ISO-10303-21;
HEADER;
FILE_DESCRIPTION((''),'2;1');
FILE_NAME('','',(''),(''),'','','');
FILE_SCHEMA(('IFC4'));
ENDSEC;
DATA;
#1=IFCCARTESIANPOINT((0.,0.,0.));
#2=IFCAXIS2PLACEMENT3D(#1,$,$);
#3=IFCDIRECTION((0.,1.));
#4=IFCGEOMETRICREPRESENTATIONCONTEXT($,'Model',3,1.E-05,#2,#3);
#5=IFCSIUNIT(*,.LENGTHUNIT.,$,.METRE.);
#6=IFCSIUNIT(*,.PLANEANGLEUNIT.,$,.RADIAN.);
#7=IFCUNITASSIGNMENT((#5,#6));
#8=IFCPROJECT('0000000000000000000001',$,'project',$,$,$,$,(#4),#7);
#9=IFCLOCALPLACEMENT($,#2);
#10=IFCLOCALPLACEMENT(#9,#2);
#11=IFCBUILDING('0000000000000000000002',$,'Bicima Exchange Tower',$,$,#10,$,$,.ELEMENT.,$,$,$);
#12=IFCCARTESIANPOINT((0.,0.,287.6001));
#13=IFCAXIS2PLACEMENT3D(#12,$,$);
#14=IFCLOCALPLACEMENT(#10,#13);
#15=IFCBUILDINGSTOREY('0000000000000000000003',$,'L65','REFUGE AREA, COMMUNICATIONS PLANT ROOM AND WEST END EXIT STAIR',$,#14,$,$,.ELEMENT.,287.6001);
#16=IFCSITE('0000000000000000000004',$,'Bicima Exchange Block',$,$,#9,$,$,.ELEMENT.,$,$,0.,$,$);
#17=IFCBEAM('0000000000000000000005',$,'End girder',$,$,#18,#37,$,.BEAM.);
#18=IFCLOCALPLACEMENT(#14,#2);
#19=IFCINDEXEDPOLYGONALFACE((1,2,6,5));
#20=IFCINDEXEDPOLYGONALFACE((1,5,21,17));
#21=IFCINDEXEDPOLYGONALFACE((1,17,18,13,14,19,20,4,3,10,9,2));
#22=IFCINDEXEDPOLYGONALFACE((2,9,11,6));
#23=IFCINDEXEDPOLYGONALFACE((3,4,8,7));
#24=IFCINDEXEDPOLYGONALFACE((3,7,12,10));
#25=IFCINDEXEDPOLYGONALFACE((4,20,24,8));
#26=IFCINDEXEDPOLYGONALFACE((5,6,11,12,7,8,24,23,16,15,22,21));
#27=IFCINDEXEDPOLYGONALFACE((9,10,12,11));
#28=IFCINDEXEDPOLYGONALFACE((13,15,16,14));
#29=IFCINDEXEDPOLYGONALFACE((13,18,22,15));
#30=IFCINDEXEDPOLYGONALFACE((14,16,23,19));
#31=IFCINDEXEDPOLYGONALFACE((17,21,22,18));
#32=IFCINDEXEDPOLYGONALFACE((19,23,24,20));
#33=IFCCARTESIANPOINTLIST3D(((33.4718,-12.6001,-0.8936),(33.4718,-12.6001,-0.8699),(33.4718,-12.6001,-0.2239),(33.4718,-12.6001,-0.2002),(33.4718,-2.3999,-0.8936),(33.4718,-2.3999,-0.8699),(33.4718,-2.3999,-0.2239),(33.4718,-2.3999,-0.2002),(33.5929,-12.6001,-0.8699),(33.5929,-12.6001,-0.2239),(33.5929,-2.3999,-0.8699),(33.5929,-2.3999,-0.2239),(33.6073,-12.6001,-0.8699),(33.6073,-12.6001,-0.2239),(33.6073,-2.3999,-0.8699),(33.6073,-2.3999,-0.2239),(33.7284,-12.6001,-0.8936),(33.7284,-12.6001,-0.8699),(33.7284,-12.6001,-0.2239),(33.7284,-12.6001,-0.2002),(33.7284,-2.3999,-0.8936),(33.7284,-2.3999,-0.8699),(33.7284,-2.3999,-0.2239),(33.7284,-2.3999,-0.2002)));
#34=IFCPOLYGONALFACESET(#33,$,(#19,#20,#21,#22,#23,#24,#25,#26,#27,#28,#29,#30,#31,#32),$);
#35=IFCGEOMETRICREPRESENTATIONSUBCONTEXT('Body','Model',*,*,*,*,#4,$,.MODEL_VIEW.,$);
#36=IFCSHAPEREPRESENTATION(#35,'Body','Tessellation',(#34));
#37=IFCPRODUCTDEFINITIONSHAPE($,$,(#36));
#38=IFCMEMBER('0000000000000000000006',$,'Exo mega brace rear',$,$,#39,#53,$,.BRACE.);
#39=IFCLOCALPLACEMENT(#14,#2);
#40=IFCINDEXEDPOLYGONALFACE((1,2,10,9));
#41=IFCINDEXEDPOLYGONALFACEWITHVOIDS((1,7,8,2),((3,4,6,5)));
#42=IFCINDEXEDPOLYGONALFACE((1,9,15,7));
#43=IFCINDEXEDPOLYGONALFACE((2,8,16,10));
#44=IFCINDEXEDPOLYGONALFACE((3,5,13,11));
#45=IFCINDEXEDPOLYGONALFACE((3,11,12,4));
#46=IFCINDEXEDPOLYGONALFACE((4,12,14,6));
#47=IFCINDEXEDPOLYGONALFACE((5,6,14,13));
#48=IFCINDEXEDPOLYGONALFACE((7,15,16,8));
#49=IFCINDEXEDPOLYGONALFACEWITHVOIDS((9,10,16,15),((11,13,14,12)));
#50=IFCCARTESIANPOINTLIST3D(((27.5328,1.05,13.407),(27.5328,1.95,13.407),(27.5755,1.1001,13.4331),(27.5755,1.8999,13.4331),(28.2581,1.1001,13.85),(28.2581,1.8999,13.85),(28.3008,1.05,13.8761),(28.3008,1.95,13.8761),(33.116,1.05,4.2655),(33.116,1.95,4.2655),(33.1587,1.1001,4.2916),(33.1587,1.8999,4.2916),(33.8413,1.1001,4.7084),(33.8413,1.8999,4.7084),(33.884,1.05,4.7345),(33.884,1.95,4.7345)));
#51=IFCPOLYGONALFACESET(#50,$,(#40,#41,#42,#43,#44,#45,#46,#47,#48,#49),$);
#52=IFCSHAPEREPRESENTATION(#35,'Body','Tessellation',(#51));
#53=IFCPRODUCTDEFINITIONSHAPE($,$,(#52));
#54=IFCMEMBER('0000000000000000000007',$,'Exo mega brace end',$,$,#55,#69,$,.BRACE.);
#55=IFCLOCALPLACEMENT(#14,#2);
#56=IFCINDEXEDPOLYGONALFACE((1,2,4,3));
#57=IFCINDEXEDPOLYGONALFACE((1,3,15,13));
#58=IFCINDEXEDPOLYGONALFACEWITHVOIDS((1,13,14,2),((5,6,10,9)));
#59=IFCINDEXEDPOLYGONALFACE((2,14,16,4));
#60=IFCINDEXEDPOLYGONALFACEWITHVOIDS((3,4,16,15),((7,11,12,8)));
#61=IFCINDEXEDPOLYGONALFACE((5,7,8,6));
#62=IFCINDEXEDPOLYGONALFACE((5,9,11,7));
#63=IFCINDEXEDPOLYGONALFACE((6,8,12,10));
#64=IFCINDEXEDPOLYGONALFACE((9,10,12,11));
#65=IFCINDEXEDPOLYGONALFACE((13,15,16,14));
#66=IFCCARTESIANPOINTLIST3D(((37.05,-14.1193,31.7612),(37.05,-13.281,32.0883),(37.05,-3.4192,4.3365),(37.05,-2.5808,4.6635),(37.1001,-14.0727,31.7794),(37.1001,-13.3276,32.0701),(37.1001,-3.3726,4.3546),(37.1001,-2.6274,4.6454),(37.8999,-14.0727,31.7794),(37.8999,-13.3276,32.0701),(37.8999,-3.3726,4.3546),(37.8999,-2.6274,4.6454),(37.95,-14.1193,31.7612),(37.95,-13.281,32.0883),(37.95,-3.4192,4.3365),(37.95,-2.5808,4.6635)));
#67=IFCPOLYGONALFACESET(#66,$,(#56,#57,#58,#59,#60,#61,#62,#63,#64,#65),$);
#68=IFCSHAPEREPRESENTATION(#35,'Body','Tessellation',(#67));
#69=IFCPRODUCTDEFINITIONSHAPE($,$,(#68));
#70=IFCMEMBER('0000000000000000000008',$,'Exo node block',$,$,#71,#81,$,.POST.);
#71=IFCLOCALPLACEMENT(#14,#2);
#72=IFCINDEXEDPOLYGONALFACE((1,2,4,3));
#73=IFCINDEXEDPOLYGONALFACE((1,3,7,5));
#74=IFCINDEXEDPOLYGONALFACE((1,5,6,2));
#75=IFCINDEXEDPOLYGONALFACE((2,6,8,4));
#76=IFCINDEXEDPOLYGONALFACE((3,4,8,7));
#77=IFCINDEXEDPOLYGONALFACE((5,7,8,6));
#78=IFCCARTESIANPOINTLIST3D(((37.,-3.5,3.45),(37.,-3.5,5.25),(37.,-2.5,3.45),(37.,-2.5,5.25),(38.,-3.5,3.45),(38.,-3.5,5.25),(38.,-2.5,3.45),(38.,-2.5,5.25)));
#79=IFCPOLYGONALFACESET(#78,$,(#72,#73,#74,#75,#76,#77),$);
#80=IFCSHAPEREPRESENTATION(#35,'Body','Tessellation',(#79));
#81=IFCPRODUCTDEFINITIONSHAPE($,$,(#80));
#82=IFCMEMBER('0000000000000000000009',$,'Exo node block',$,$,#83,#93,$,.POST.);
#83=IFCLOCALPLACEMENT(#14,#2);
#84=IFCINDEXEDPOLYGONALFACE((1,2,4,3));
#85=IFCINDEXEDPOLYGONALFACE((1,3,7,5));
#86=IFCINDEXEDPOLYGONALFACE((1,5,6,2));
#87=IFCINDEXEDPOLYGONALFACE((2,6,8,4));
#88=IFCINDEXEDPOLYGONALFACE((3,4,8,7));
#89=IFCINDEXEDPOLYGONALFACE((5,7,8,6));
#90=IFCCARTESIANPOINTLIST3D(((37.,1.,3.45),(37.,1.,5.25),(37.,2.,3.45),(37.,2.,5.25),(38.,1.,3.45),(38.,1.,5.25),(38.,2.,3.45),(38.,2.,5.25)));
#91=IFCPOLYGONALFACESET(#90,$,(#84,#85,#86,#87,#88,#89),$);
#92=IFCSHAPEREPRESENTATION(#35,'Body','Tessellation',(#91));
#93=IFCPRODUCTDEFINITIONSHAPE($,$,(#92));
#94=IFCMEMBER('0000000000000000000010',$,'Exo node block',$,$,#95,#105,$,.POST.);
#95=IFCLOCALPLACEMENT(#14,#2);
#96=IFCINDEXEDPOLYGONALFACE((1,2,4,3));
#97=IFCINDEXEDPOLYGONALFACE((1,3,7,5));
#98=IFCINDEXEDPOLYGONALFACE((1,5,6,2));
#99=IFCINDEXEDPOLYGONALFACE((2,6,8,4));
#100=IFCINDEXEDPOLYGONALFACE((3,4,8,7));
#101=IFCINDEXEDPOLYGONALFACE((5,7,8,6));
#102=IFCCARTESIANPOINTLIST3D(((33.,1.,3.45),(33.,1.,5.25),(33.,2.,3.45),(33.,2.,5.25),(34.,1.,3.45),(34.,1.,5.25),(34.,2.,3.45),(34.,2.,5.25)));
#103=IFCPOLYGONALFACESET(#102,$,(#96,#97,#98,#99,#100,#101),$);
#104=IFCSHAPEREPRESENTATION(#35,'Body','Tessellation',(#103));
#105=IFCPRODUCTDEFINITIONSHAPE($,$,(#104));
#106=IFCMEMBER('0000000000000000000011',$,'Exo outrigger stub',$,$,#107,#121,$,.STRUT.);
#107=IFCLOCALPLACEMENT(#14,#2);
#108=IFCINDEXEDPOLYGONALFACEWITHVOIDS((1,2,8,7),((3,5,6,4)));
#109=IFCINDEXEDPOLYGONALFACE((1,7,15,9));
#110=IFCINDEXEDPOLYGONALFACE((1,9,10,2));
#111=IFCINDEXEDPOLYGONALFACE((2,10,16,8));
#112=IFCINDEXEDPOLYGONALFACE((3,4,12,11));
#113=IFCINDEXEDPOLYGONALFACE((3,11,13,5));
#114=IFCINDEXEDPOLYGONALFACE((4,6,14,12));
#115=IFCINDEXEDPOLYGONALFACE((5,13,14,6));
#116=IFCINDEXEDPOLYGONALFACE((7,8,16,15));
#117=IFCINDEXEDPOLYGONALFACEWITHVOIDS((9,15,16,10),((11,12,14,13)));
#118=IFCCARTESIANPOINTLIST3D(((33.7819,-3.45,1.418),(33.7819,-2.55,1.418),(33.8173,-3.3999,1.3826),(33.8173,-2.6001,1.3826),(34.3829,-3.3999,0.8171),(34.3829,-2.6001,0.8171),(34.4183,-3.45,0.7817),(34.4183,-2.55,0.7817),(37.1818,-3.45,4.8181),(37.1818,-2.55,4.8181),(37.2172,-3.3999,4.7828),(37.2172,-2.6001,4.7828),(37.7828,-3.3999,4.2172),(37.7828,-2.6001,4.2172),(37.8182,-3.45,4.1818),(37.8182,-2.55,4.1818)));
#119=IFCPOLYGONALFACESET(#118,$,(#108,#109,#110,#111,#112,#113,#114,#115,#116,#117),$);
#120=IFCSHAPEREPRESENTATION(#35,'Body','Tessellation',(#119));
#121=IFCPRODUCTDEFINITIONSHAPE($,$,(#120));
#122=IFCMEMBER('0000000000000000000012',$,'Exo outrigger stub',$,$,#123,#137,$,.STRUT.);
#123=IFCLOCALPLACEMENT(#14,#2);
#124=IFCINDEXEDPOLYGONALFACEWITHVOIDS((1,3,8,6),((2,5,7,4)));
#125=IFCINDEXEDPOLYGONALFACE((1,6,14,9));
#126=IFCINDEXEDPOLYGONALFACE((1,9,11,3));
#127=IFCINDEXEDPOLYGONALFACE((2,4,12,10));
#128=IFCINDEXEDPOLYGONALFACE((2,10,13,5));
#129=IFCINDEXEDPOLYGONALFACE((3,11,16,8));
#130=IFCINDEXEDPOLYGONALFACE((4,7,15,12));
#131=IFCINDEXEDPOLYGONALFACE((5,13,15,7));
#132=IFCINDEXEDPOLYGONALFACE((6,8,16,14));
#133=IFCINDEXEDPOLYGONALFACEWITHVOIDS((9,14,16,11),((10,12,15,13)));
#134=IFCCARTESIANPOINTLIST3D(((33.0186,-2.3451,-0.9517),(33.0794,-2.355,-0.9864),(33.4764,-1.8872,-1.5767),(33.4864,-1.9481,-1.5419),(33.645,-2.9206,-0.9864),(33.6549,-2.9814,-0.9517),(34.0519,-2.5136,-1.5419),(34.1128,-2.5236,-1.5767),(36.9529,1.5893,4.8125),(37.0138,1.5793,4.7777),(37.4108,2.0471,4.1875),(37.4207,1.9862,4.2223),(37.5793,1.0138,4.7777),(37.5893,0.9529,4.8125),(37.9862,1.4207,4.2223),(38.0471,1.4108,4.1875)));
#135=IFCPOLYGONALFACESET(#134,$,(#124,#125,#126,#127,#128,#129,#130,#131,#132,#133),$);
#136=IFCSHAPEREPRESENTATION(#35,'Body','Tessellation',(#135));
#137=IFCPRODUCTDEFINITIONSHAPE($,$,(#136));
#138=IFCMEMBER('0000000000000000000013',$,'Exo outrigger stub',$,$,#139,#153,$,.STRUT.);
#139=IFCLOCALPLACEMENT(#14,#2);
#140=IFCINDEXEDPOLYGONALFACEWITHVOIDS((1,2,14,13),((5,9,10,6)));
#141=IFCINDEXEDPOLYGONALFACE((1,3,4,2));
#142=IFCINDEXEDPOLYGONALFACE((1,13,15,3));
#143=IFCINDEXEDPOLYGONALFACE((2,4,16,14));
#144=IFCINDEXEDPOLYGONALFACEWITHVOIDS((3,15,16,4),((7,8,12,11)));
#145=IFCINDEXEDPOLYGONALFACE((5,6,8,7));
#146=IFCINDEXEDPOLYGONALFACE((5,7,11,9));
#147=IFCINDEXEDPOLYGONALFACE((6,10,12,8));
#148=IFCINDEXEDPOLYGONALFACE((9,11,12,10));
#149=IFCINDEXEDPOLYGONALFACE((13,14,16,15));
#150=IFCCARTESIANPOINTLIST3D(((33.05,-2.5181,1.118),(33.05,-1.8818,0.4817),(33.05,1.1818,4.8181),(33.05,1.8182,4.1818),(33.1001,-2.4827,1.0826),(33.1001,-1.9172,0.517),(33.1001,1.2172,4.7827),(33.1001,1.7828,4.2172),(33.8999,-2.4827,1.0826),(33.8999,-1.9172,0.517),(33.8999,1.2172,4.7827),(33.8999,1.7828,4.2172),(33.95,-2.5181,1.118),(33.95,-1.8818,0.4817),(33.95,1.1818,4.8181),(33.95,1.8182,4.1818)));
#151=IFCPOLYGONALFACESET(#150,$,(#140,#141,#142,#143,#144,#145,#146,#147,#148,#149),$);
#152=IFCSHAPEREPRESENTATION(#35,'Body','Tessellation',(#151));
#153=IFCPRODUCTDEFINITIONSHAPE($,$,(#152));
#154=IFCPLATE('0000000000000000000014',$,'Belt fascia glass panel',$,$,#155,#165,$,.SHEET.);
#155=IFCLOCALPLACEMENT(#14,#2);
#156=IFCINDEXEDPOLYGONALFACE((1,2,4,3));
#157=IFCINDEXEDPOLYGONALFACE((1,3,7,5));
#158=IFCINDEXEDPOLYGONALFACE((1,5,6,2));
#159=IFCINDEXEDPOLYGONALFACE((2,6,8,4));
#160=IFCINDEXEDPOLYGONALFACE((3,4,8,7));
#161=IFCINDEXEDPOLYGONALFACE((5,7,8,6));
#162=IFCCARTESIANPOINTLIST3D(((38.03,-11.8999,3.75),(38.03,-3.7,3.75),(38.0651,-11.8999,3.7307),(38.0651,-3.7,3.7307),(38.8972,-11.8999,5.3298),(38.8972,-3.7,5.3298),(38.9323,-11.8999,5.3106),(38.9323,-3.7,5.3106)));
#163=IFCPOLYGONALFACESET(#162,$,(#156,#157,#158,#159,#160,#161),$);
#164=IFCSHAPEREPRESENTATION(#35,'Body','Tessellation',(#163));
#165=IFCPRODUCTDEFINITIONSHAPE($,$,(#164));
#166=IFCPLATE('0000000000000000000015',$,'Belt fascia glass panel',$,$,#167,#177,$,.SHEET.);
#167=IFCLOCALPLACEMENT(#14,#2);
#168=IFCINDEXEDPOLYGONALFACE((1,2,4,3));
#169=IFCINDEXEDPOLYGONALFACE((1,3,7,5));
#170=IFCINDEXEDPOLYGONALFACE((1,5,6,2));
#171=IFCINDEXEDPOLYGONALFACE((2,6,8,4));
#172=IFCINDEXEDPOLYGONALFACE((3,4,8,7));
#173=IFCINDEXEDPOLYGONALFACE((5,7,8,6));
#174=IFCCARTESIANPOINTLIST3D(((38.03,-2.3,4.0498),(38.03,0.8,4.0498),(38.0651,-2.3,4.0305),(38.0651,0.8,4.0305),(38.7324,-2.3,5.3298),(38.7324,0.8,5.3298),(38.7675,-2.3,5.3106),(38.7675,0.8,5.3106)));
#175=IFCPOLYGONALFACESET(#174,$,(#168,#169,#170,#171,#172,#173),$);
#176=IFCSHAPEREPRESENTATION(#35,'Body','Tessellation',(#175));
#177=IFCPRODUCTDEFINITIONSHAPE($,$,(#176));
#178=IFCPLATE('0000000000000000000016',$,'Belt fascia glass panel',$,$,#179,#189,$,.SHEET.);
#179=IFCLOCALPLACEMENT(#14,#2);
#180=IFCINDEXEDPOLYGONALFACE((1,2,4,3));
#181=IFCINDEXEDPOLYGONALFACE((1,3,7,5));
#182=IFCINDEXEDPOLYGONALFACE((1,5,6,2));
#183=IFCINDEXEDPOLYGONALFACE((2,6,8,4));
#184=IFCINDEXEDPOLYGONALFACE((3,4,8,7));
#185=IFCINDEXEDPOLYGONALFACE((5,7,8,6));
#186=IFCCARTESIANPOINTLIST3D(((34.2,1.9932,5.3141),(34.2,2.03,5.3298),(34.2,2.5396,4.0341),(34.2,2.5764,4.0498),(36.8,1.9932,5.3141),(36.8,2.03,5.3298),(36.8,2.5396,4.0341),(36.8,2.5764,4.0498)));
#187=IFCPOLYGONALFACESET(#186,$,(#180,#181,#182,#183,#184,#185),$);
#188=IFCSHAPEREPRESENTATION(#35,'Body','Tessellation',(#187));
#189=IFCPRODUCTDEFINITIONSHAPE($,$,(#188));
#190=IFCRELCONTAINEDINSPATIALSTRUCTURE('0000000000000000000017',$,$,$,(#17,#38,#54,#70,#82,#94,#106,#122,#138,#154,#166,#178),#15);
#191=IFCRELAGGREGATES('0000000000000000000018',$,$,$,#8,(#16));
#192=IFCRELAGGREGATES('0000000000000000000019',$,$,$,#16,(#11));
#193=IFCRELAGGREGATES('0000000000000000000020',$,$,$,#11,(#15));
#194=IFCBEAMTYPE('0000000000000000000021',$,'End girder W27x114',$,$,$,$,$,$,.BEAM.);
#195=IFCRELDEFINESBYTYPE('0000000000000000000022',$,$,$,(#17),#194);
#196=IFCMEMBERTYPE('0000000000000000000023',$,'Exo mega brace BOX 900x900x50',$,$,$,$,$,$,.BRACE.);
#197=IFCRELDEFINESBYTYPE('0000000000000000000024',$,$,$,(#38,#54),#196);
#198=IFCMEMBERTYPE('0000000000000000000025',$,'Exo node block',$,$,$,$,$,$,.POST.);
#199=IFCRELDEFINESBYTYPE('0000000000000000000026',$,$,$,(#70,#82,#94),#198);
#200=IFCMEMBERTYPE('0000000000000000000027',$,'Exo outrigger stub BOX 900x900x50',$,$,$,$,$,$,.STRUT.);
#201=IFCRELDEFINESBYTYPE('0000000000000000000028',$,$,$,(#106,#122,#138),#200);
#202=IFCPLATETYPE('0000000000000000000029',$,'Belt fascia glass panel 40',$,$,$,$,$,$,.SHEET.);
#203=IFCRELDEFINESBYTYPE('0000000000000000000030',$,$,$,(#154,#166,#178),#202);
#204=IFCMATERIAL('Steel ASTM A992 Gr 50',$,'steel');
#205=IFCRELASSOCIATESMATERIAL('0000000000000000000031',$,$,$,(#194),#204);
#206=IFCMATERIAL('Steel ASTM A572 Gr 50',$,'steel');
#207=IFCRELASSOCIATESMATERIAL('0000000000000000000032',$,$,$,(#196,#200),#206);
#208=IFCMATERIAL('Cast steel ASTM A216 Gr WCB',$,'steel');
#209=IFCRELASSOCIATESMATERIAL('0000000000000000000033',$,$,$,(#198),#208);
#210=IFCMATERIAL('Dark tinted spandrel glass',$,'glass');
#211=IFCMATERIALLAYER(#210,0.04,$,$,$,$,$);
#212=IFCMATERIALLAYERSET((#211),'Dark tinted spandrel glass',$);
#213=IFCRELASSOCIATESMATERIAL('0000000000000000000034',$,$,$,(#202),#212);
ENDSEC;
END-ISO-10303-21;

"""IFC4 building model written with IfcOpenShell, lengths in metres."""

from ifc_helpers import new_model, si_unit, direction, frame, origin, origin_2d, place, context, subcontext, project, spatial, polyline, rectangle, hollow_rectangle, i_section, outline, extrude, material, layer, layer_set, material_profile, profile_set, type_object, element, save


model = new_model("IFC4")

# Units and contexts
model_context = context("Model", 3, precision=1e-05, world=origin(), true_north=direction((0.0, 1.0)))
body_context = subcontext(model_context, "Body", "Model", "MODEL_VIEW")
ifc_project = project(units=[si_unit("LENGTHUNIT", "METRE"), si_unit("PLANEANGLEUNIT", "RADIAN")], contexts=[model_context])

# Site, building, storey
site_placement = place(None, origin())
site = spatial("IfcSite", under=ifc_project, at=site_placement, Name="Bicima Exchange Block", CompositionType="ELEMENT", RefElevation=0.0)
building_placement = place(site_placement, origin())
building = spatial("IfcBuilding", under=site, at=building_placement, Name="Bicima Exchange Tower", CompositionType="ELEMENT")
storey_placement = place(building_placement, frame((0.0, 0.0, 287.6001)))
storey = spatial("IfcBuildingStorey", under=building, at=storey_placement, Name="L65", Description="REFUGE AREA, COMMUNICATIONS PLANT ROOM AND WEST END EXIT STAIR", CompositionType="ELEMENT", Elevation=287.6001)

# Shared definitions
ifc_material_1 = material(Name="Steel ASTM A572 Gr 50", Category="steel")

# Shared definitions
ifc_material_2 = material(Name="Steel ASTM A992 Gr 50", Category="steel")

# Beam
ifc_material_profile_1 = material_profile(ifc_material_2, i_section(OverallWidth=0.2566, OverallDepth=0.6934, WebThickness=0.0144, FlangeThickness=0.0237, at=origin_2d()))
ifc_profile_set_1 = profile_set([ifc_material_profile_1], Name="Steel ASTM A992 Gr 50")
beam_type_1 = type_object("IfcBeamType", Name="End girder W27x114", PredefinedType="BEAM", material=ifc_profile_set_1)
beam_1_placement = place(storey_placement, frame((33.6001, -2.3999, -0.5469), z_axis=(0.0, -1.0, 0.0), x_axis=(1.0, 0.0, 0.0)))
element("IfcBeam", 1, at=beam_1_placement, inside=storey, type_object=beam_type_1, Name="End girder", PredefinedType="BEAM", context=body_context, shape_type="SweptSolid", body=[
    extrude(i_section(OverallWidth=0.2566, OverallDepth=0.6934, WebThickness=0.0144, FlangeThickness=0.0237, at=origin_2d()), origin(), (0.0, 0.0, 1.0), 10.2002),
])

# Members
ifc_material_profile_2 = material_profile(ifc_material_1, hollow_rectangle(XDim=0.8999, YDim=0.8999, WallThickness=0.05, at=origin_2d()))
ifc_profile_set_2 = profile_set([ifc_material_profile_2], Name="Steel ASTM A572 Gr 50")
member_type_1 = type_object("IfcMemberType", Name="Exo mega brace BOX 900x900x50", PredefinedType="BRACE", material=ifc_profile_set_2)
member_1_placement = place(storey_placement, frame((33.5, 1.5, 4.5), z_axis=(-0.521227, 0.0, 0.853418), x_axis=(0.0, -1.0, 0.0)))
element("IfcMember", 2, at=member_1_placement, inside=storey, type_object=member_type_1, Name="Exo mega brace rear", PredefinedType="BRACE", context=body_context, shape_type="SweptSolid", body=[
    extrude(hollow_rectangle(XDim=0.8999, YDim=0.8999, WallThickness=0.05, at=origin_2d()), origin(), (0.0, 0.0, 1.0), 10.7117),
])
member_2_placement = place(storey_placement, frame((37.5, -3.0, 4.5), z_axis=(0.0, -0.363479, 0.931603), x_axis=(1.0, 0.0, 0.0)))
element("IfcMember", 3, at=member_2_placement, inside=storey, type_object=member_type_1, Name="Exo mega brace end", PredefinedType="BRACE", context=body_context, shape_type="SweptSolid", body=[
    extrude(hollow_rectangle(XDim=0.8999, YDim=0.8999, WallThickness=0.05, at=origin_2d()), origin(), (0.0, 0.0, 1.0), 29.4382),
])
ifc_material_3 = material(Name="Cast steel ASTM A216 Gr WCB", Category="steel")
ifc_material_profile_3 = material_profile(ifc_material_3, rectangle(XDim=1.0, YDim=1.0, at=origin_2d()))
ifc_profile_set_3 = profile_set([ifc_material_profile_3], Name="Cast steel ASTM A216 Gr WCB")
member_type_2 = type_object("IfcMemberType", Name="Exo node block", PredefinedType="POST", material=ifc_profile_set_3)
for number, where, z_axis, x_axis, name in (
    (4, (37.5, -3.0, 3.45), (0.0, 0.0, 1.0), (1.0, 0.0, 0.0), "Exo node block"),
    (5, (37.5, 1.5, 3.45), (0.0, 0.0, 1.0), (1.0, 0.0, 0.0), "Exo node block"),
    (6, (33.5, 1.5, 3.45), (0.0, 0.0, 1.0), (1.0, 0.0, 0.0), "Exo node block"),
):
    element("IfcMember", number, at=place(storey_placement, frame(where, z_axis=z_axis, x_axis=x_axis)), inside=storey, type_object=member_type_2, Name=name, PredefinedType="POST", context=body_context, shape_type="SweptSolid", body=[
        extrude(rectangle(XDim=1.0, YDim=1.0, at=origin_2d()), origin(), (0.0, 0.0, 1.0), 1.8),
    ])
member_type_3 = type_object("IfcMemberType", Name="Exo outrigger stub BOX 900x900x50", PredefinedType="STRUT", material=ifc_profile_set_2)
member_3_placement = place(storey_placement, frame((34.1001, -3.0, 1.0999), z_axis=(0.707081, 0.0, 0.707132), x_axis=(0.0, 1.0, 0.0)))
element("IfcMember", 7, at=member_3_placement, inside=storey, type_object=member_type_3, Name="Exo outrigger stub", PredefinedType="STRUT", context=body_context, shape_type="SweptSolid", body=[
    extrude(hollow_rectangle(XDim=0.8999, YDim=0.8999, WallThickness=0.05, at=origin_2d()), origin(), (0.0, 0.0, 1.0), 4.8083),
])
member_4_placement = place(storey_placement, frame((33.5657, -2.4343, -1.2642), z_axis=(0.491088, 0.491088, 0.71949), x_axis=(-0.707107, 0.707107, 0.0)))
element("IfcMember", 8, at=member_4_placement, inside=storey, type_object=member_type_3, Name="Exo outrigger stub", PredefinedType="STRUT", context=body_context, shape_type="SweptSolid", body=[
    extrude(hollow_rectangle(XDim=0.8999, YDim=0.8999, WallThickness=0.05, at=origin_2d()), origin(), (0.0, 0.0, 1.0), 8.0115),
])
member_5_placement = place(storey_placement, frame((33.5, -2.2, 0.7998), z_axis=(0.0, 0.707083, 0.70713), x_axis=(-1.0, 0.0, 0.0)))
element("IfcMember", 9, at=member_5_placement, inside=storey, type_object=member_type_3, Name="Exo outrigger stub", PredefinedType="STRUT", context=body_context, shape_type="SweptSolid", body=[
    extrude(hollow_rectangle(XDim=0.8999, YDim=0.8999, WallThickness=0.05, at=origin_2d()), origin(), (0.0, 0.0, 1.0), 5.2327),
])

# Plates
ifc_material_4 = material(Name="Dark tinted spandrel glass", Category="glass")
ifc_layer_1 = layer(ifc_material_4, 0.04)
ifc_layer_set_1 = layer_set([ifc_layer_1], Name="Dark tinted spandrel glass")
plate_type = type_object("IfcPlateType", Name="Belt fascia glass panel 40", PredefinedType="SHEET", material=ifc_layer_set_1)
plate_1_placement = place(storey_placement, frame((38.03, -11.8999, 3.75), z_axis=(-0.876619, 0.0, 0.481185), x_axis=(0.0, 1.0, 0.0)))
element("IfcPlate", 10, at=plate_1_placement, inside=storey, type_object=plate_type, Name="Belt fascia glass panel", PredefinedType="SHEET", context=body_context, shape_type="SweptSolid", body=[
    extrude(outline(polyline([(0.0, 0.0), (8.2, 0.0), (8.2, -1.8022), (0.0, -1.8022), (0.0, 0.0)])), origin(), (0.0, 0.0, -1.0), 0.04),
])
plate_2_placement = place(storey_placement, frame((38.03, -2.3, 4.0498), z_axis=(-0.876685, 0.0, 0.481065), x_axis=(0.0, 1.0, 0.0)))
element("IfcPlate", 11, at=plate_2_placement, inside=storey, type_object=plate_type, Name="Belt fascia glass panel", PredefinedType="SHEET", context=body_context, shape_type="SweptSolid", body=[
    extrude(outline(polyline([(0.0, 0.0), (3.1001, 0.0), (3.1001, -1.4601), (0.0, -1.4601), (0.0, 0.0)])), origin(), (0.0, 0.0, -1.0), 0.04),
])
plate_3_placement = place(storey_placement, frame((36.8, 2.5764, 4.0498), z_axis=(0.0, 0.919716, 0.392585), x_axis=(-1.0, 0.0, 0.0)))
element("IfcPlate", 12, at=plate_3_placement, inside=storey, type_object=plate_type, Name="Belt fascia glass panel", PredefinedType="SHEET", context=body_context, shape_type="SweptSolid", body=[
    extrude(outline(polyline([(0.0, 0.0), (2.6001, 0.0), (2.6001, 1.3918), (0.0, 1.3918), (0.0, 0.0)])), origin(), (0.0, 0.0, -1.0), 0.04),
])

save(model, "model.ifc")
